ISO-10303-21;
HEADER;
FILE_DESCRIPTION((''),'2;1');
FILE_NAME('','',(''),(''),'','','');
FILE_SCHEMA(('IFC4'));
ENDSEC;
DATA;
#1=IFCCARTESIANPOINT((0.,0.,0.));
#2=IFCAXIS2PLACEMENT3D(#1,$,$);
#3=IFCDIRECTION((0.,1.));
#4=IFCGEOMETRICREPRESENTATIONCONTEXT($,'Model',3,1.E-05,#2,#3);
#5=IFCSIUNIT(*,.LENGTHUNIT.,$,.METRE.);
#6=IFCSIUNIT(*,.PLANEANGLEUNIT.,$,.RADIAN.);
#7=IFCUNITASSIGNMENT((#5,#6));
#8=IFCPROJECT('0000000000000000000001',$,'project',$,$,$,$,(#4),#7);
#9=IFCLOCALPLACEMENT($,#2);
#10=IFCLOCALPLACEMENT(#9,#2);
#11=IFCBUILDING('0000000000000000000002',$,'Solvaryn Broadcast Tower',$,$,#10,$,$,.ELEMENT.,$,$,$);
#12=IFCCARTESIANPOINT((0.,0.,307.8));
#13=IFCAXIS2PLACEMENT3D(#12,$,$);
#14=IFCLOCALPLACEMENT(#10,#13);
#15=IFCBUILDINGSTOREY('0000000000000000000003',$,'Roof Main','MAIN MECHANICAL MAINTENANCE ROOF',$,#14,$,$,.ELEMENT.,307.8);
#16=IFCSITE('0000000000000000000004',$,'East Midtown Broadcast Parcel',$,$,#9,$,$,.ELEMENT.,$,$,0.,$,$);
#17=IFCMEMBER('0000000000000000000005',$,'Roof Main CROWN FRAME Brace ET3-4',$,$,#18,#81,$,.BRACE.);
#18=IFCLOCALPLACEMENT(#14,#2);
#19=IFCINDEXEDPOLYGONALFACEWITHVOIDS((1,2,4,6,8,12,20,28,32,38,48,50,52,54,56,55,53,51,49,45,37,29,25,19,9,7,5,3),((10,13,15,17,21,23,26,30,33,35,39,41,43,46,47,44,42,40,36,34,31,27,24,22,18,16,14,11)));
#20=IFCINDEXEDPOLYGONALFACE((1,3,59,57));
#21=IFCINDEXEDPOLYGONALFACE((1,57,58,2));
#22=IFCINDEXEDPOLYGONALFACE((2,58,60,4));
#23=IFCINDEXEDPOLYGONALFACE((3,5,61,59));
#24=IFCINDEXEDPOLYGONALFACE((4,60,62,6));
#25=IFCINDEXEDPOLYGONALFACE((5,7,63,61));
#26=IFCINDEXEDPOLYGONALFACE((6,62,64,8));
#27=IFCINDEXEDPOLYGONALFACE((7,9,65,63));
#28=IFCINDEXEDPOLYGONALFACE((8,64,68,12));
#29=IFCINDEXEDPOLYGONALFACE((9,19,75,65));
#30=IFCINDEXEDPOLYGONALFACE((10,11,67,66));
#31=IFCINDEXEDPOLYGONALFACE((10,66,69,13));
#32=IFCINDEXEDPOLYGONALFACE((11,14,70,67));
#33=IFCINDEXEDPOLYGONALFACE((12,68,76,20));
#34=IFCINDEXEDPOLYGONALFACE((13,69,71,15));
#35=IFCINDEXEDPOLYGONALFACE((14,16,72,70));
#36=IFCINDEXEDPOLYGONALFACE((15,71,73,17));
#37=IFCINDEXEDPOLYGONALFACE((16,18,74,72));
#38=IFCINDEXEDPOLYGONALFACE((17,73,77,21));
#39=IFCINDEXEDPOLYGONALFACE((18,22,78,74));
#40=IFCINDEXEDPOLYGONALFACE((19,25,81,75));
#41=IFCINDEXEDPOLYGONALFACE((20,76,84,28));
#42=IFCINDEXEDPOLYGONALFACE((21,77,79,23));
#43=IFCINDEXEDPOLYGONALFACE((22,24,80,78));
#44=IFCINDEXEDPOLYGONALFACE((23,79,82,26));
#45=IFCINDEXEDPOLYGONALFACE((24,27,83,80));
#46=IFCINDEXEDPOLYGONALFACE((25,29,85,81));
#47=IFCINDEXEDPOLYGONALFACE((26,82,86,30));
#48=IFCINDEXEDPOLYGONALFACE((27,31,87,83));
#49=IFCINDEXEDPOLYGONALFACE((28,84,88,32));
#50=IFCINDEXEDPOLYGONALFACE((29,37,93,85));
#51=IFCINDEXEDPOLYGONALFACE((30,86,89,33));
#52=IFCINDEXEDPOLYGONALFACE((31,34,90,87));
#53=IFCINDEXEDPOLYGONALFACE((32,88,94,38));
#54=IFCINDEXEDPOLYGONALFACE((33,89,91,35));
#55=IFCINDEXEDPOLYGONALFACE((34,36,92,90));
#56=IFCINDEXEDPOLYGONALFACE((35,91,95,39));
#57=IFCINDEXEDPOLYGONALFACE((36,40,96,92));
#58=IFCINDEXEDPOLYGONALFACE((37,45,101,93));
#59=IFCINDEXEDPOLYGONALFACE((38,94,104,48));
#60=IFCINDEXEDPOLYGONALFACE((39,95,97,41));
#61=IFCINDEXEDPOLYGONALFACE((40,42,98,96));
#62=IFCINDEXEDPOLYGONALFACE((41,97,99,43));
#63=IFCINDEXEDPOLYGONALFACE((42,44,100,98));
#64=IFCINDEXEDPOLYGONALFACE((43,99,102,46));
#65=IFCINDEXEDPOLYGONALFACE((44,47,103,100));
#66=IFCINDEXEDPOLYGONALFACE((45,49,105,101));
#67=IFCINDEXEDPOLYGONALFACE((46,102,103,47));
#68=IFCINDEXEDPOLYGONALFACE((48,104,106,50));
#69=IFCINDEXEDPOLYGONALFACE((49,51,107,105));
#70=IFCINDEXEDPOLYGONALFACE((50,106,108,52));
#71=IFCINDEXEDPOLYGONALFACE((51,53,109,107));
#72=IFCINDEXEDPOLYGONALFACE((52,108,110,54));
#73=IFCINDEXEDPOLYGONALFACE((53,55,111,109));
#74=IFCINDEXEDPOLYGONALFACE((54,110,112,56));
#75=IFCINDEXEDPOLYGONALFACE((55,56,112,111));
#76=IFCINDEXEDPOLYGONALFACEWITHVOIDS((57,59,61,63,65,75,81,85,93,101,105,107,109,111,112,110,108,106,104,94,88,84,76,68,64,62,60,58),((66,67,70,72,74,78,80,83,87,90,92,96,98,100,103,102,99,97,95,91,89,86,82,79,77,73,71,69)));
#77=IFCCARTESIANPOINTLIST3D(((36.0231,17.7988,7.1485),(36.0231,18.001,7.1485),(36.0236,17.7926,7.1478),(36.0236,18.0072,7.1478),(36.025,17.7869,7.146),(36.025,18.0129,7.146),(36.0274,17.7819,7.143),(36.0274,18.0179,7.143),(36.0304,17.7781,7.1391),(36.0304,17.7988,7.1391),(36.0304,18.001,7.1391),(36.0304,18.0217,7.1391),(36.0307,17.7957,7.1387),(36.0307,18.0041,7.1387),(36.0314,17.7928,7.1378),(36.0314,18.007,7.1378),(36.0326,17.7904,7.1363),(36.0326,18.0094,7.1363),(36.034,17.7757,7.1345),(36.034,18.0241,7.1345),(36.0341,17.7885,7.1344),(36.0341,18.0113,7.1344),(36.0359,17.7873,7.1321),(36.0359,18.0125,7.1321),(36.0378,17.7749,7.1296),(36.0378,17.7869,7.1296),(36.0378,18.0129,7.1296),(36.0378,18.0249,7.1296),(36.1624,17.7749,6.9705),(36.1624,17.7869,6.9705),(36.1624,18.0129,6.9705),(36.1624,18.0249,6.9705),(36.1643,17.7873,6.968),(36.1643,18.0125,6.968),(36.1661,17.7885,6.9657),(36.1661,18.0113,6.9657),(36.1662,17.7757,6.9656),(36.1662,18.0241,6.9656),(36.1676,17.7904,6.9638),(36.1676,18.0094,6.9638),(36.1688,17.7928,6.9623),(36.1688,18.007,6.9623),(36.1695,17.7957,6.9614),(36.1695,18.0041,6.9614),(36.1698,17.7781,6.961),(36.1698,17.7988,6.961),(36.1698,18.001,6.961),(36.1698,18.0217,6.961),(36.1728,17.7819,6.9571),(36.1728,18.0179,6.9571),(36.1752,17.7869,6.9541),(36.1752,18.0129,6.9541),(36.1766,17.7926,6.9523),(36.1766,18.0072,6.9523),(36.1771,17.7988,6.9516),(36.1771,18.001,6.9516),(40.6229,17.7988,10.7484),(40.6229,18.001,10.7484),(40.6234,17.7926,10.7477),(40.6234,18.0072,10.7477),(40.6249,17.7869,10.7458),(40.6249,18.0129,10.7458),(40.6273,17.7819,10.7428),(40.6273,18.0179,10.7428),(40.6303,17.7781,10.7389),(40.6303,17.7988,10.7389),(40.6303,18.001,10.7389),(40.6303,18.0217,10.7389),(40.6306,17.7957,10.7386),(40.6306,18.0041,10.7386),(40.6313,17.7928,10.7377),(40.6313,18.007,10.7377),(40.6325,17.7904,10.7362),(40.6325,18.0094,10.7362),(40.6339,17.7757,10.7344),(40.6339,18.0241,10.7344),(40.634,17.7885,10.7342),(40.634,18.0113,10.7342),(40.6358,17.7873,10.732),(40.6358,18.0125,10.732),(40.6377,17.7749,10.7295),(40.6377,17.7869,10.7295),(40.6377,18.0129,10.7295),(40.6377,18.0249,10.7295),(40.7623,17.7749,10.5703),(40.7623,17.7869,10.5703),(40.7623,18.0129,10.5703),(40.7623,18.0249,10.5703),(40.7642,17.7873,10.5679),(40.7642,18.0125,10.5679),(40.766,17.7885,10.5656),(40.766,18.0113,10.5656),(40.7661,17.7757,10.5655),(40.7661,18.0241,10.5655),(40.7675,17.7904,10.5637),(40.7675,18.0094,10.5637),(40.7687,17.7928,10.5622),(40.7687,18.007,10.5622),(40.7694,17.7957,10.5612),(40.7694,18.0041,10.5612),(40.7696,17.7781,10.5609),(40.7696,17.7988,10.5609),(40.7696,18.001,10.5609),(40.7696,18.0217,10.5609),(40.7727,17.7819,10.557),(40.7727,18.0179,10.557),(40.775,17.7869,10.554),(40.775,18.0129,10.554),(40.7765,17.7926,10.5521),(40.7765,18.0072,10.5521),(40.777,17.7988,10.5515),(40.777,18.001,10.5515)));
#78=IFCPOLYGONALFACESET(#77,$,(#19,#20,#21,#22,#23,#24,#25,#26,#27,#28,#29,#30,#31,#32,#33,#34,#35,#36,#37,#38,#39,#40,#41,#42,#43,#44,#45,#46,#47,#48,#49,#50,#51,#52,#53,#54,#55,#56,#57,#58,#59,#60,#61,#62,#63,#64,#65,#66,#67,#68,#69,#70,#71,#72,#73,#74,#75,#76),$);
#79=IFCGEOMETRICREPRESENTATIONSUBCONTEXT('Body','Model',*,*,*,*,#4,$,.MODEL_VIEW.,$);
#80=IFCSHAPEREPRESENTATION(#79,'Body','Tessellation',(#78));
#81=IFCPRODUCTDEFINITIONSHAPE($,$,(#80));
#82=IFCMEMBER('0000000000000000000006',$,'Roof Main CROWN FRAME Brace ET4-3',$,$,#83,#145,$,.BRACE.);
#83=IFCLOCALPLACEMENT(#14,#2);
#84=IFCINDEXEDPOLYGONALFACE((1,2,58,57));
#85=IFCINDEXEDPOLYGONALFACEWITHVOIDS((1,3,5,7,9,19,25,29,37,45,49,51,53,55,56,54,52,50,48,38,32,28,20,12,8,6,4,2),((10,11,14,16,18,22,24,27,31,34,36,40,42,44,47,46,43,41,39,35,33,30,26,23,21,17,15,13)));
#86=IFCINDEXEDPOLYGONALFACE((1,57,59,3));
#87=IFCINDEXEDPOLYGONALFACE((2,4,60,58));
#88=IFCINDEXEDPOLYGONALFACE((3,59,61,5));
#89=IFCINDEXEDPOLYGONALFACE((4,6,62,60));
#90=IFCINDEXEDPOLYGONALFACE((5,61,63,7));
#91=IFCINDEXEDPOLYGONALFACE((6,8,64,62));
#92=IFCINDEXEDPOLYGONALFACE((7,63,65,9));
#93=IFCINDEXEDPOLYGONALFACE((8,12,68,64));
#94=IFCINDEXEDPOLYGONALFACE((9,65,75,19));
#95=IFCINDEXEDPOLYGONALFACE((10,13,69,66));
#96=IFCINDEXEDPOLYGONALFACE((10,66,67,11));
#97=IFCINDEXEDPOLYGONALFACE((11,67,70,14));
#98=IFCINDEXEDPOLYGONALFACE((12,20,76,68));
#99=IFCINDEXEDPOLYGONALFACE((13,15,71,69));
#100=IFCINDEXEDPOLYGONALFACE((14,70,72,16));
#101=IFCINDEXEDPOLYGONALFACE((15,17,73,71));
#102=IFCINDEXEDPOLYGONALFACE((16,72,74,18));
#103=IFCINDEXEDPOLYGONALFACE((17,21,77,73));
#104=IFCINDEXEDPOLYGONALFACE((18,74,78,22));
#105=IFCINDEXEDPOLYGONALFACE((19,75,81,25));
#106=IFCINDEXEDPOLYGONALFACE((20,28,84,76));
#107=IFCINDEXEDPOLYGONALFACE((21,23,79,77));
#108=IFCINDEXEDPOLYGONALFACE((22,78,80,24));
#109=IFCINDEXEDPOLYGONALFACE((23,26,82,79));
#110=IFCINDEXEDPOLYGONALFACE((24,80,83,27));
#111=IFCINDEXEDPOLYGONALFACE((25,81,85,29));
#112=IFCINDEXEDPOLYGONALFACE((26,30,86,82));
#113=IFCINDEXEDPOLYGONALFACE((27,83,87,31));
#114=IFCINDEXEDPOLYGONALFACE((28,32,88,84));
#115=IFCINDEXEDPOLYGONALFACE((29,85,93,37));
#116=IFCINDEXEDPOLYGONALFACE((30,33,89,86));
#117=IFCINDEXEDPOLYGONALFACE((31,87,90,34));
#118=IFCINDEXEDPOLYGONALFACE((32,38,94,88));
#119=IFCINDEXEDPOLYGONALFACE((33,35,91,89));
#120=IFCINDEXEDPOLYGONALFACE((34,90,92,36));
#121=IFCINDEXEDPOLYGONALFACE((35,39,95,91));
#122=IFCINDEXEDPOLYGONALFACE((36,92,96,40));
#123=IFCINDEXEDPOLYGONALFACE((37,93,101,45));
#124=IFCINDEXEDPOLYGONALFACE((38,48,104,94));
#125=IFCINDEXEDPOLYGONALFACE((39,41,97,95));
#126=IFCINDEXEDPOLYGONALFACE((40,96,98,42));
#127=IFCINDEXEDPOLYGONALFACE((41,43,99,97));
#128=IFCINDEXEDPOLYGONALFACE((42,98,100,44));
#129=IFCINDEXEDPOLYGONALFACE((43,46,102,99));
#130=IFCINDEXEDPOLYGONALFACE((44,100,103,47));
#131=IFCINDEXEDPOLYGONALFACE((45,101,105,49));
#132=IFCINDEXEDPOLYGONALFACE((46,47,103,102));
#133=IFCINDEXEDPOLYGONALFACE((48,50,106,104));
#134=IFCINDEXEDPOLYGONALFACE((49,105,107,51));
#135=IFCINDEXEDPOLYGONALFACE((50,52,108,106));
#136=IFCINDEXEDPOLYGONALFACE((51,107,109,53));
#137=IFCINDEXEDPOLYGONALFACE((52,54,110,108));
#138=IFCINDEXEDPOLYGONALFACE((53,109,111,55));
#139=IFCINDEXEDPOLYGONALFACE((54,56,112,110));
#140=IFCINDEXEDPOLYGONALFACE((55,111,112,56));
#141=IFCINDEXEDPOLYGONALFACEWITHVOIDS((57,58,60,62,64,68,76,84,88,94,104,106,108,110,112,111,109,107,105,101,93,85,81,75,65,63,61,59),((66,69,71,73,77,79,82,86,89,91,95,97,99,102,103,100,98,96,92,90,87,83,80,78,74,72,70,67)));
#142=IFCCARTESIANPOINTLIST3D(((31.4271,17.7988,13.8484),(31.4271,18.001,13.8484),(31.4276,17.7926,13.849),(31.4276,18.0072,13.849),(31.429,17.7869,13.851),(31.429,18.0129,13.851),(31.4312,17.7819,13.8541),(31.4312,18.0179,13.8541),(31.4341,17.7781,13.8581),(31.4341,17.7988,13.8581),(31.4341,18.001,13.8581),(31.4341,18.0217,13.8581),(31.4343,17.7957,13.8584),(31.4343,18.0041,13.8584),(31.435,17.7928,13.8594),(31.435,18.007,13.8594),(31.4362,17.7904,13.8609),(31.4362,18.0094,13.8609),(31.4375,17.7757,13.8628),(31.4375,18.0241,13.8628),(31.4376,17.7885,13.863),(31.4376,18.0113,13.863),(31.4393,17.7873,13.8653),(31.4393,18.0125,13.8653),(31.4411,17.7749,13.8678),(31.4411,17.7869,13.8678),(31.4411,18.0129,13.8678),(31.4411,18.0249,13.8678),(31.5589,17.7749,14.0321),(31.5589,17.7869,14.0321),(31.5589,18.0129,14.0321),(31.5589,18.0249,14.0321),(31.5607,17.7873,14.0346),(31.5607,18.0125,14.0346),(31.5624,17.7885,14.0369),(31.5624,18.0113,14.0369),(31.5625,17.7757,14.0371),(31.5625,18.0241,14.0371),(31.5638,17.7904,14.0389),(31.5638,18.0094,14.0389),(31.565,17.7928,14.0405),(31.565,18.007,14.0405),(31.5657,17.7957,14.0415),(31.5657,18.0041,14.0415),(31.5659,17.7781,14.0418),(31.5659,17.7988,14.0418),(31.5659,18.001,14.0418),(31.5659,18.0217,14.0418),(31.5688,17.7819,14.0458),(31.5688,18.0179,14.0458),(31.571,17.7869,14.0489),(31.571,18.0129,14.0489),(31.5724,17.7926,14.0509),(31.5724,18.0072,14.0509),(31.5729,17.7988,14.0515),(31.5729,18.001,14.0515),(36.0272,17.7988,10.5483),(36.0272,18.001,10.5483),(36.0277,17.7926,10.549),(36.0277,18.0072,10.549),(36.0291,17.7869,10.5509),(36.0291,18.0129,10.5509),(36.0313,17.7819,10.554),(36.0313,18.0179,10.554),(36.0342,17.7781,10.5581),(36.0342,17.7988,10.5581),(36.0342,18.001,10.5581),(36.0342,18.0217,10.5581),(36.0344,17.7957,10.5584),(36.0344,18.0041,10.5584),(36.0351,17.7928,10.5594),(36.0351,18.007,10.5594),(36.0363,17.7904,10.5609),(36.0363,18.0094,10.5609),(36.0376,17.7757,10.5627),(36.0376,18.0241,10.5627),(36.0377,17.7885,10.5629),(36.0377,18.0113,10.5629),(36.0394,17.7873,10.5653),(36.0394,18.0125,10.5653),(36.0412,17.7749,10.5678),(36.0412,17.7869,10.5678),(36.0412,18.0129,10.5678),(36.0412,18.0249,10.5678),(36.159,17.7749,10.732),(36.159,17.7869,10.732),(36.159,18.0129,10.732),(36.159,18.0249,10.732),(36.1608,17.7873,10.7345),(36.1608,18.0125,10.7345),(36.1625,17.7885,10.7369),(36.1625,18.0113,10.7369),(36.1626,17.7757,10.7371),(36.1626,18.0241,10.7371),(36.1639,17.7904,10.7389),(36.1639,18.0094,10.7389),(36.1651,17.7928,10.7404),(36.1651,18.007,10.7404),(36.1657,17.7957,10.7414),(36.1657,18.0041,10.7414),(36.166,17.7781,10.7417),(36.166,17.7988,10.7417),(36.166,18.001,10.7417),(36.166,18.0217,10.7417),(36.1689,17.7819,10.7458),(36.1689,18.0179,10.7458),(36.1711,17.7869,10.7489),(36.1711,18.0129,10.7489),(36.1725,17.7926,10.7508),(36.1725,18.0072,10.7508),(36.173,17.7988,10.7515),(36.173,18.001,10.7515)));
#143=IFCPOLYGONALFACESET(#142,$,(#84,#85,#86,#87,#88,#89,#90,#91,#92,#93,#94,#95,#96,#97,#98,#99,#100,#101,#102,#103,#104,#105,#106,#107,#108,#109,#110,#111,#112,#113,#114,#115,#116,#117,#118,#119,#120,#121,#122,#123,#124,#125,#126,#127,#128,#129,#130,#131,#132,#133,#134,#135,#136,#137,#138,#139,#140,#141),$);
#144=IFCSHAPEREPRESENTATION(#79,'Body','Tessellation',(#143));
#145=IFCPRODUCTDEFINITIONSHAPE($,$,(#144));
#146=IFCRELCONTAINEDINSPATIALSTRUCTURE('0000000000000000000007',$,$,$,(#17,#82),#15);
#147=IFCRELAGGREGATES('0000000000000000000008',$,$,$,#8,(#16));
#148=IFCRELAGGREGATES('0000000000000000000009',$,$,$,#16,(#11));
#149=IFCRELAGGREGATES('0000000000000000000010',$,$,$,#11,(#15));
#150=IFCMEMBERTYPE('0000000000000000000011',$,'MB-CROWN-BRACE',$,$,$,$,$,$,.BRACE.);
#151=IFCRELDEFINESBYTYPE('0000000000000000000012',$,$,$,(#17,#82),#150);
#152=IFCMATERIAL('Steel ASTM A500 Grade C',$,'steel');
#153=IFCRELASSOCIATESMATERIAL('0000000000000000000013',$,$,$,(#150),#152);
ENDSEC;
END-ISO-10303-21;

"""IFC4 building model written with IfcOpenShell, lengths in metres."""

from ifc_helpers import new_model, si_unit, direction, frame, origin, origin_2d, place, context, subcontext, project, spatial, hollow_rectangle, extrude, material, material_profile, profile_set, type_object, element, save


model = new_model("IFC4")

# Units and contexts
model_context = context("Model", 3, precision=1e-05, world=origin(), true_north=direction((0.0, 1.0)))
body_context = subcontext(model_context, "Body", "Model", "MODEL_VIEW")
ifc_project = project(units=[si_unit("LENGTHUNIT", "METRE"), si_unit("PLANEANGLEUNIT", "RADIAN")], contexts=[model_context])

# Site, building, storey
site_placement = place(None, origin())
site = spatial("IfcSite", under=ifc_project, at=site_placement, Name="East Midtown Broadcast Parcel", CompositionType="ELEMENT", RefElevation=0.0)
building_placement = place(site_placement, origin())
building = spatial("IfcBuilding", under=site, at=building_placement, Name="Solvaryn Broadcast Tower", CompositionType="ELEMENT")
storey_placement = place(building_placement, frame((0.0, 0.0, 307.8)))
storey = spatial("IfcBuildingStorey", under=building, at=storey_placement, Name="Roof Main", Description="MAIN MECHANICAL MAINTENANCE ROOF", CompositionType="ELEMENT", Elevation=307.8)

# Members
ifc_material_1 = material(Name="Steel ASTM A500 Grade C", Category="steel")
ifc_material_profile_1 = material_profile(ifc_material_1, hollow_rectangle(XDim=0.25, YDim=0.25, WallThickness=0.012, InnerFilletRadius=0.012, OuterFilletRadius=0.0239, at=origin_2d()))
ifc_profile_set_1 = profile_set([ifc_material_profile_1], Name="Steel ASTM A500 Grade C")
member_type_1 = type_object("IfcMemberType", Name="MB-CROWN-BRACE", PredefinedType="BRACE", material=ifc_profile_set_1)
member_1_placement = place(storey_placement, frame((36.1001, 17.8999, 7.05), z_axis=(0.787508, 0.0, 0.616305), x_axis=(0.0, 1.0, 0.0)))
element("IfcMember", 1, at=member_1_placement, inside=storey, type_object=member_type_1, Name="Roof Main CROWN FRAME Brace ET3-4", PredefinedType="BRACE", context=body_context, shape_type="SweptSolid", body=[
    extrude(hollow_rectangle(XDim=0.25, YDim=0.25, WallThickness=0.012, InnerFilletRadius=0.012, OuterFilletRadius=0.0239, at=origin_2d()), origin(), (0.0, 0.0, 1.0), 5.8411),
])
member_2_placement = place(storey_placement, frame((36.1001, 17.8999, 10.6499), z_axis=(-0.81254, 0.0, 0.582905), x_axis=(0.0, -1.0, 0.0)))
element("IfcMember", 2, at=member_2_placement, inside=storey, type_object=member_type_1, Name="Roof Main CROWN FRAME Brace ET4-3", PredefinedType="BRACE", context=body_context, shape_type="SweptSolid", body=[
    extrude(hollow_rectangle(XDim=0.25, YDim=0.25, WallThickness=0.012, InnerFilletRadius=0.012, OuterFilletRadius=0.0239, at=origin_2d()), origin(), (0.0, 0.0, 1.0), 5.6614),
])

save(model, "model.ifc")
